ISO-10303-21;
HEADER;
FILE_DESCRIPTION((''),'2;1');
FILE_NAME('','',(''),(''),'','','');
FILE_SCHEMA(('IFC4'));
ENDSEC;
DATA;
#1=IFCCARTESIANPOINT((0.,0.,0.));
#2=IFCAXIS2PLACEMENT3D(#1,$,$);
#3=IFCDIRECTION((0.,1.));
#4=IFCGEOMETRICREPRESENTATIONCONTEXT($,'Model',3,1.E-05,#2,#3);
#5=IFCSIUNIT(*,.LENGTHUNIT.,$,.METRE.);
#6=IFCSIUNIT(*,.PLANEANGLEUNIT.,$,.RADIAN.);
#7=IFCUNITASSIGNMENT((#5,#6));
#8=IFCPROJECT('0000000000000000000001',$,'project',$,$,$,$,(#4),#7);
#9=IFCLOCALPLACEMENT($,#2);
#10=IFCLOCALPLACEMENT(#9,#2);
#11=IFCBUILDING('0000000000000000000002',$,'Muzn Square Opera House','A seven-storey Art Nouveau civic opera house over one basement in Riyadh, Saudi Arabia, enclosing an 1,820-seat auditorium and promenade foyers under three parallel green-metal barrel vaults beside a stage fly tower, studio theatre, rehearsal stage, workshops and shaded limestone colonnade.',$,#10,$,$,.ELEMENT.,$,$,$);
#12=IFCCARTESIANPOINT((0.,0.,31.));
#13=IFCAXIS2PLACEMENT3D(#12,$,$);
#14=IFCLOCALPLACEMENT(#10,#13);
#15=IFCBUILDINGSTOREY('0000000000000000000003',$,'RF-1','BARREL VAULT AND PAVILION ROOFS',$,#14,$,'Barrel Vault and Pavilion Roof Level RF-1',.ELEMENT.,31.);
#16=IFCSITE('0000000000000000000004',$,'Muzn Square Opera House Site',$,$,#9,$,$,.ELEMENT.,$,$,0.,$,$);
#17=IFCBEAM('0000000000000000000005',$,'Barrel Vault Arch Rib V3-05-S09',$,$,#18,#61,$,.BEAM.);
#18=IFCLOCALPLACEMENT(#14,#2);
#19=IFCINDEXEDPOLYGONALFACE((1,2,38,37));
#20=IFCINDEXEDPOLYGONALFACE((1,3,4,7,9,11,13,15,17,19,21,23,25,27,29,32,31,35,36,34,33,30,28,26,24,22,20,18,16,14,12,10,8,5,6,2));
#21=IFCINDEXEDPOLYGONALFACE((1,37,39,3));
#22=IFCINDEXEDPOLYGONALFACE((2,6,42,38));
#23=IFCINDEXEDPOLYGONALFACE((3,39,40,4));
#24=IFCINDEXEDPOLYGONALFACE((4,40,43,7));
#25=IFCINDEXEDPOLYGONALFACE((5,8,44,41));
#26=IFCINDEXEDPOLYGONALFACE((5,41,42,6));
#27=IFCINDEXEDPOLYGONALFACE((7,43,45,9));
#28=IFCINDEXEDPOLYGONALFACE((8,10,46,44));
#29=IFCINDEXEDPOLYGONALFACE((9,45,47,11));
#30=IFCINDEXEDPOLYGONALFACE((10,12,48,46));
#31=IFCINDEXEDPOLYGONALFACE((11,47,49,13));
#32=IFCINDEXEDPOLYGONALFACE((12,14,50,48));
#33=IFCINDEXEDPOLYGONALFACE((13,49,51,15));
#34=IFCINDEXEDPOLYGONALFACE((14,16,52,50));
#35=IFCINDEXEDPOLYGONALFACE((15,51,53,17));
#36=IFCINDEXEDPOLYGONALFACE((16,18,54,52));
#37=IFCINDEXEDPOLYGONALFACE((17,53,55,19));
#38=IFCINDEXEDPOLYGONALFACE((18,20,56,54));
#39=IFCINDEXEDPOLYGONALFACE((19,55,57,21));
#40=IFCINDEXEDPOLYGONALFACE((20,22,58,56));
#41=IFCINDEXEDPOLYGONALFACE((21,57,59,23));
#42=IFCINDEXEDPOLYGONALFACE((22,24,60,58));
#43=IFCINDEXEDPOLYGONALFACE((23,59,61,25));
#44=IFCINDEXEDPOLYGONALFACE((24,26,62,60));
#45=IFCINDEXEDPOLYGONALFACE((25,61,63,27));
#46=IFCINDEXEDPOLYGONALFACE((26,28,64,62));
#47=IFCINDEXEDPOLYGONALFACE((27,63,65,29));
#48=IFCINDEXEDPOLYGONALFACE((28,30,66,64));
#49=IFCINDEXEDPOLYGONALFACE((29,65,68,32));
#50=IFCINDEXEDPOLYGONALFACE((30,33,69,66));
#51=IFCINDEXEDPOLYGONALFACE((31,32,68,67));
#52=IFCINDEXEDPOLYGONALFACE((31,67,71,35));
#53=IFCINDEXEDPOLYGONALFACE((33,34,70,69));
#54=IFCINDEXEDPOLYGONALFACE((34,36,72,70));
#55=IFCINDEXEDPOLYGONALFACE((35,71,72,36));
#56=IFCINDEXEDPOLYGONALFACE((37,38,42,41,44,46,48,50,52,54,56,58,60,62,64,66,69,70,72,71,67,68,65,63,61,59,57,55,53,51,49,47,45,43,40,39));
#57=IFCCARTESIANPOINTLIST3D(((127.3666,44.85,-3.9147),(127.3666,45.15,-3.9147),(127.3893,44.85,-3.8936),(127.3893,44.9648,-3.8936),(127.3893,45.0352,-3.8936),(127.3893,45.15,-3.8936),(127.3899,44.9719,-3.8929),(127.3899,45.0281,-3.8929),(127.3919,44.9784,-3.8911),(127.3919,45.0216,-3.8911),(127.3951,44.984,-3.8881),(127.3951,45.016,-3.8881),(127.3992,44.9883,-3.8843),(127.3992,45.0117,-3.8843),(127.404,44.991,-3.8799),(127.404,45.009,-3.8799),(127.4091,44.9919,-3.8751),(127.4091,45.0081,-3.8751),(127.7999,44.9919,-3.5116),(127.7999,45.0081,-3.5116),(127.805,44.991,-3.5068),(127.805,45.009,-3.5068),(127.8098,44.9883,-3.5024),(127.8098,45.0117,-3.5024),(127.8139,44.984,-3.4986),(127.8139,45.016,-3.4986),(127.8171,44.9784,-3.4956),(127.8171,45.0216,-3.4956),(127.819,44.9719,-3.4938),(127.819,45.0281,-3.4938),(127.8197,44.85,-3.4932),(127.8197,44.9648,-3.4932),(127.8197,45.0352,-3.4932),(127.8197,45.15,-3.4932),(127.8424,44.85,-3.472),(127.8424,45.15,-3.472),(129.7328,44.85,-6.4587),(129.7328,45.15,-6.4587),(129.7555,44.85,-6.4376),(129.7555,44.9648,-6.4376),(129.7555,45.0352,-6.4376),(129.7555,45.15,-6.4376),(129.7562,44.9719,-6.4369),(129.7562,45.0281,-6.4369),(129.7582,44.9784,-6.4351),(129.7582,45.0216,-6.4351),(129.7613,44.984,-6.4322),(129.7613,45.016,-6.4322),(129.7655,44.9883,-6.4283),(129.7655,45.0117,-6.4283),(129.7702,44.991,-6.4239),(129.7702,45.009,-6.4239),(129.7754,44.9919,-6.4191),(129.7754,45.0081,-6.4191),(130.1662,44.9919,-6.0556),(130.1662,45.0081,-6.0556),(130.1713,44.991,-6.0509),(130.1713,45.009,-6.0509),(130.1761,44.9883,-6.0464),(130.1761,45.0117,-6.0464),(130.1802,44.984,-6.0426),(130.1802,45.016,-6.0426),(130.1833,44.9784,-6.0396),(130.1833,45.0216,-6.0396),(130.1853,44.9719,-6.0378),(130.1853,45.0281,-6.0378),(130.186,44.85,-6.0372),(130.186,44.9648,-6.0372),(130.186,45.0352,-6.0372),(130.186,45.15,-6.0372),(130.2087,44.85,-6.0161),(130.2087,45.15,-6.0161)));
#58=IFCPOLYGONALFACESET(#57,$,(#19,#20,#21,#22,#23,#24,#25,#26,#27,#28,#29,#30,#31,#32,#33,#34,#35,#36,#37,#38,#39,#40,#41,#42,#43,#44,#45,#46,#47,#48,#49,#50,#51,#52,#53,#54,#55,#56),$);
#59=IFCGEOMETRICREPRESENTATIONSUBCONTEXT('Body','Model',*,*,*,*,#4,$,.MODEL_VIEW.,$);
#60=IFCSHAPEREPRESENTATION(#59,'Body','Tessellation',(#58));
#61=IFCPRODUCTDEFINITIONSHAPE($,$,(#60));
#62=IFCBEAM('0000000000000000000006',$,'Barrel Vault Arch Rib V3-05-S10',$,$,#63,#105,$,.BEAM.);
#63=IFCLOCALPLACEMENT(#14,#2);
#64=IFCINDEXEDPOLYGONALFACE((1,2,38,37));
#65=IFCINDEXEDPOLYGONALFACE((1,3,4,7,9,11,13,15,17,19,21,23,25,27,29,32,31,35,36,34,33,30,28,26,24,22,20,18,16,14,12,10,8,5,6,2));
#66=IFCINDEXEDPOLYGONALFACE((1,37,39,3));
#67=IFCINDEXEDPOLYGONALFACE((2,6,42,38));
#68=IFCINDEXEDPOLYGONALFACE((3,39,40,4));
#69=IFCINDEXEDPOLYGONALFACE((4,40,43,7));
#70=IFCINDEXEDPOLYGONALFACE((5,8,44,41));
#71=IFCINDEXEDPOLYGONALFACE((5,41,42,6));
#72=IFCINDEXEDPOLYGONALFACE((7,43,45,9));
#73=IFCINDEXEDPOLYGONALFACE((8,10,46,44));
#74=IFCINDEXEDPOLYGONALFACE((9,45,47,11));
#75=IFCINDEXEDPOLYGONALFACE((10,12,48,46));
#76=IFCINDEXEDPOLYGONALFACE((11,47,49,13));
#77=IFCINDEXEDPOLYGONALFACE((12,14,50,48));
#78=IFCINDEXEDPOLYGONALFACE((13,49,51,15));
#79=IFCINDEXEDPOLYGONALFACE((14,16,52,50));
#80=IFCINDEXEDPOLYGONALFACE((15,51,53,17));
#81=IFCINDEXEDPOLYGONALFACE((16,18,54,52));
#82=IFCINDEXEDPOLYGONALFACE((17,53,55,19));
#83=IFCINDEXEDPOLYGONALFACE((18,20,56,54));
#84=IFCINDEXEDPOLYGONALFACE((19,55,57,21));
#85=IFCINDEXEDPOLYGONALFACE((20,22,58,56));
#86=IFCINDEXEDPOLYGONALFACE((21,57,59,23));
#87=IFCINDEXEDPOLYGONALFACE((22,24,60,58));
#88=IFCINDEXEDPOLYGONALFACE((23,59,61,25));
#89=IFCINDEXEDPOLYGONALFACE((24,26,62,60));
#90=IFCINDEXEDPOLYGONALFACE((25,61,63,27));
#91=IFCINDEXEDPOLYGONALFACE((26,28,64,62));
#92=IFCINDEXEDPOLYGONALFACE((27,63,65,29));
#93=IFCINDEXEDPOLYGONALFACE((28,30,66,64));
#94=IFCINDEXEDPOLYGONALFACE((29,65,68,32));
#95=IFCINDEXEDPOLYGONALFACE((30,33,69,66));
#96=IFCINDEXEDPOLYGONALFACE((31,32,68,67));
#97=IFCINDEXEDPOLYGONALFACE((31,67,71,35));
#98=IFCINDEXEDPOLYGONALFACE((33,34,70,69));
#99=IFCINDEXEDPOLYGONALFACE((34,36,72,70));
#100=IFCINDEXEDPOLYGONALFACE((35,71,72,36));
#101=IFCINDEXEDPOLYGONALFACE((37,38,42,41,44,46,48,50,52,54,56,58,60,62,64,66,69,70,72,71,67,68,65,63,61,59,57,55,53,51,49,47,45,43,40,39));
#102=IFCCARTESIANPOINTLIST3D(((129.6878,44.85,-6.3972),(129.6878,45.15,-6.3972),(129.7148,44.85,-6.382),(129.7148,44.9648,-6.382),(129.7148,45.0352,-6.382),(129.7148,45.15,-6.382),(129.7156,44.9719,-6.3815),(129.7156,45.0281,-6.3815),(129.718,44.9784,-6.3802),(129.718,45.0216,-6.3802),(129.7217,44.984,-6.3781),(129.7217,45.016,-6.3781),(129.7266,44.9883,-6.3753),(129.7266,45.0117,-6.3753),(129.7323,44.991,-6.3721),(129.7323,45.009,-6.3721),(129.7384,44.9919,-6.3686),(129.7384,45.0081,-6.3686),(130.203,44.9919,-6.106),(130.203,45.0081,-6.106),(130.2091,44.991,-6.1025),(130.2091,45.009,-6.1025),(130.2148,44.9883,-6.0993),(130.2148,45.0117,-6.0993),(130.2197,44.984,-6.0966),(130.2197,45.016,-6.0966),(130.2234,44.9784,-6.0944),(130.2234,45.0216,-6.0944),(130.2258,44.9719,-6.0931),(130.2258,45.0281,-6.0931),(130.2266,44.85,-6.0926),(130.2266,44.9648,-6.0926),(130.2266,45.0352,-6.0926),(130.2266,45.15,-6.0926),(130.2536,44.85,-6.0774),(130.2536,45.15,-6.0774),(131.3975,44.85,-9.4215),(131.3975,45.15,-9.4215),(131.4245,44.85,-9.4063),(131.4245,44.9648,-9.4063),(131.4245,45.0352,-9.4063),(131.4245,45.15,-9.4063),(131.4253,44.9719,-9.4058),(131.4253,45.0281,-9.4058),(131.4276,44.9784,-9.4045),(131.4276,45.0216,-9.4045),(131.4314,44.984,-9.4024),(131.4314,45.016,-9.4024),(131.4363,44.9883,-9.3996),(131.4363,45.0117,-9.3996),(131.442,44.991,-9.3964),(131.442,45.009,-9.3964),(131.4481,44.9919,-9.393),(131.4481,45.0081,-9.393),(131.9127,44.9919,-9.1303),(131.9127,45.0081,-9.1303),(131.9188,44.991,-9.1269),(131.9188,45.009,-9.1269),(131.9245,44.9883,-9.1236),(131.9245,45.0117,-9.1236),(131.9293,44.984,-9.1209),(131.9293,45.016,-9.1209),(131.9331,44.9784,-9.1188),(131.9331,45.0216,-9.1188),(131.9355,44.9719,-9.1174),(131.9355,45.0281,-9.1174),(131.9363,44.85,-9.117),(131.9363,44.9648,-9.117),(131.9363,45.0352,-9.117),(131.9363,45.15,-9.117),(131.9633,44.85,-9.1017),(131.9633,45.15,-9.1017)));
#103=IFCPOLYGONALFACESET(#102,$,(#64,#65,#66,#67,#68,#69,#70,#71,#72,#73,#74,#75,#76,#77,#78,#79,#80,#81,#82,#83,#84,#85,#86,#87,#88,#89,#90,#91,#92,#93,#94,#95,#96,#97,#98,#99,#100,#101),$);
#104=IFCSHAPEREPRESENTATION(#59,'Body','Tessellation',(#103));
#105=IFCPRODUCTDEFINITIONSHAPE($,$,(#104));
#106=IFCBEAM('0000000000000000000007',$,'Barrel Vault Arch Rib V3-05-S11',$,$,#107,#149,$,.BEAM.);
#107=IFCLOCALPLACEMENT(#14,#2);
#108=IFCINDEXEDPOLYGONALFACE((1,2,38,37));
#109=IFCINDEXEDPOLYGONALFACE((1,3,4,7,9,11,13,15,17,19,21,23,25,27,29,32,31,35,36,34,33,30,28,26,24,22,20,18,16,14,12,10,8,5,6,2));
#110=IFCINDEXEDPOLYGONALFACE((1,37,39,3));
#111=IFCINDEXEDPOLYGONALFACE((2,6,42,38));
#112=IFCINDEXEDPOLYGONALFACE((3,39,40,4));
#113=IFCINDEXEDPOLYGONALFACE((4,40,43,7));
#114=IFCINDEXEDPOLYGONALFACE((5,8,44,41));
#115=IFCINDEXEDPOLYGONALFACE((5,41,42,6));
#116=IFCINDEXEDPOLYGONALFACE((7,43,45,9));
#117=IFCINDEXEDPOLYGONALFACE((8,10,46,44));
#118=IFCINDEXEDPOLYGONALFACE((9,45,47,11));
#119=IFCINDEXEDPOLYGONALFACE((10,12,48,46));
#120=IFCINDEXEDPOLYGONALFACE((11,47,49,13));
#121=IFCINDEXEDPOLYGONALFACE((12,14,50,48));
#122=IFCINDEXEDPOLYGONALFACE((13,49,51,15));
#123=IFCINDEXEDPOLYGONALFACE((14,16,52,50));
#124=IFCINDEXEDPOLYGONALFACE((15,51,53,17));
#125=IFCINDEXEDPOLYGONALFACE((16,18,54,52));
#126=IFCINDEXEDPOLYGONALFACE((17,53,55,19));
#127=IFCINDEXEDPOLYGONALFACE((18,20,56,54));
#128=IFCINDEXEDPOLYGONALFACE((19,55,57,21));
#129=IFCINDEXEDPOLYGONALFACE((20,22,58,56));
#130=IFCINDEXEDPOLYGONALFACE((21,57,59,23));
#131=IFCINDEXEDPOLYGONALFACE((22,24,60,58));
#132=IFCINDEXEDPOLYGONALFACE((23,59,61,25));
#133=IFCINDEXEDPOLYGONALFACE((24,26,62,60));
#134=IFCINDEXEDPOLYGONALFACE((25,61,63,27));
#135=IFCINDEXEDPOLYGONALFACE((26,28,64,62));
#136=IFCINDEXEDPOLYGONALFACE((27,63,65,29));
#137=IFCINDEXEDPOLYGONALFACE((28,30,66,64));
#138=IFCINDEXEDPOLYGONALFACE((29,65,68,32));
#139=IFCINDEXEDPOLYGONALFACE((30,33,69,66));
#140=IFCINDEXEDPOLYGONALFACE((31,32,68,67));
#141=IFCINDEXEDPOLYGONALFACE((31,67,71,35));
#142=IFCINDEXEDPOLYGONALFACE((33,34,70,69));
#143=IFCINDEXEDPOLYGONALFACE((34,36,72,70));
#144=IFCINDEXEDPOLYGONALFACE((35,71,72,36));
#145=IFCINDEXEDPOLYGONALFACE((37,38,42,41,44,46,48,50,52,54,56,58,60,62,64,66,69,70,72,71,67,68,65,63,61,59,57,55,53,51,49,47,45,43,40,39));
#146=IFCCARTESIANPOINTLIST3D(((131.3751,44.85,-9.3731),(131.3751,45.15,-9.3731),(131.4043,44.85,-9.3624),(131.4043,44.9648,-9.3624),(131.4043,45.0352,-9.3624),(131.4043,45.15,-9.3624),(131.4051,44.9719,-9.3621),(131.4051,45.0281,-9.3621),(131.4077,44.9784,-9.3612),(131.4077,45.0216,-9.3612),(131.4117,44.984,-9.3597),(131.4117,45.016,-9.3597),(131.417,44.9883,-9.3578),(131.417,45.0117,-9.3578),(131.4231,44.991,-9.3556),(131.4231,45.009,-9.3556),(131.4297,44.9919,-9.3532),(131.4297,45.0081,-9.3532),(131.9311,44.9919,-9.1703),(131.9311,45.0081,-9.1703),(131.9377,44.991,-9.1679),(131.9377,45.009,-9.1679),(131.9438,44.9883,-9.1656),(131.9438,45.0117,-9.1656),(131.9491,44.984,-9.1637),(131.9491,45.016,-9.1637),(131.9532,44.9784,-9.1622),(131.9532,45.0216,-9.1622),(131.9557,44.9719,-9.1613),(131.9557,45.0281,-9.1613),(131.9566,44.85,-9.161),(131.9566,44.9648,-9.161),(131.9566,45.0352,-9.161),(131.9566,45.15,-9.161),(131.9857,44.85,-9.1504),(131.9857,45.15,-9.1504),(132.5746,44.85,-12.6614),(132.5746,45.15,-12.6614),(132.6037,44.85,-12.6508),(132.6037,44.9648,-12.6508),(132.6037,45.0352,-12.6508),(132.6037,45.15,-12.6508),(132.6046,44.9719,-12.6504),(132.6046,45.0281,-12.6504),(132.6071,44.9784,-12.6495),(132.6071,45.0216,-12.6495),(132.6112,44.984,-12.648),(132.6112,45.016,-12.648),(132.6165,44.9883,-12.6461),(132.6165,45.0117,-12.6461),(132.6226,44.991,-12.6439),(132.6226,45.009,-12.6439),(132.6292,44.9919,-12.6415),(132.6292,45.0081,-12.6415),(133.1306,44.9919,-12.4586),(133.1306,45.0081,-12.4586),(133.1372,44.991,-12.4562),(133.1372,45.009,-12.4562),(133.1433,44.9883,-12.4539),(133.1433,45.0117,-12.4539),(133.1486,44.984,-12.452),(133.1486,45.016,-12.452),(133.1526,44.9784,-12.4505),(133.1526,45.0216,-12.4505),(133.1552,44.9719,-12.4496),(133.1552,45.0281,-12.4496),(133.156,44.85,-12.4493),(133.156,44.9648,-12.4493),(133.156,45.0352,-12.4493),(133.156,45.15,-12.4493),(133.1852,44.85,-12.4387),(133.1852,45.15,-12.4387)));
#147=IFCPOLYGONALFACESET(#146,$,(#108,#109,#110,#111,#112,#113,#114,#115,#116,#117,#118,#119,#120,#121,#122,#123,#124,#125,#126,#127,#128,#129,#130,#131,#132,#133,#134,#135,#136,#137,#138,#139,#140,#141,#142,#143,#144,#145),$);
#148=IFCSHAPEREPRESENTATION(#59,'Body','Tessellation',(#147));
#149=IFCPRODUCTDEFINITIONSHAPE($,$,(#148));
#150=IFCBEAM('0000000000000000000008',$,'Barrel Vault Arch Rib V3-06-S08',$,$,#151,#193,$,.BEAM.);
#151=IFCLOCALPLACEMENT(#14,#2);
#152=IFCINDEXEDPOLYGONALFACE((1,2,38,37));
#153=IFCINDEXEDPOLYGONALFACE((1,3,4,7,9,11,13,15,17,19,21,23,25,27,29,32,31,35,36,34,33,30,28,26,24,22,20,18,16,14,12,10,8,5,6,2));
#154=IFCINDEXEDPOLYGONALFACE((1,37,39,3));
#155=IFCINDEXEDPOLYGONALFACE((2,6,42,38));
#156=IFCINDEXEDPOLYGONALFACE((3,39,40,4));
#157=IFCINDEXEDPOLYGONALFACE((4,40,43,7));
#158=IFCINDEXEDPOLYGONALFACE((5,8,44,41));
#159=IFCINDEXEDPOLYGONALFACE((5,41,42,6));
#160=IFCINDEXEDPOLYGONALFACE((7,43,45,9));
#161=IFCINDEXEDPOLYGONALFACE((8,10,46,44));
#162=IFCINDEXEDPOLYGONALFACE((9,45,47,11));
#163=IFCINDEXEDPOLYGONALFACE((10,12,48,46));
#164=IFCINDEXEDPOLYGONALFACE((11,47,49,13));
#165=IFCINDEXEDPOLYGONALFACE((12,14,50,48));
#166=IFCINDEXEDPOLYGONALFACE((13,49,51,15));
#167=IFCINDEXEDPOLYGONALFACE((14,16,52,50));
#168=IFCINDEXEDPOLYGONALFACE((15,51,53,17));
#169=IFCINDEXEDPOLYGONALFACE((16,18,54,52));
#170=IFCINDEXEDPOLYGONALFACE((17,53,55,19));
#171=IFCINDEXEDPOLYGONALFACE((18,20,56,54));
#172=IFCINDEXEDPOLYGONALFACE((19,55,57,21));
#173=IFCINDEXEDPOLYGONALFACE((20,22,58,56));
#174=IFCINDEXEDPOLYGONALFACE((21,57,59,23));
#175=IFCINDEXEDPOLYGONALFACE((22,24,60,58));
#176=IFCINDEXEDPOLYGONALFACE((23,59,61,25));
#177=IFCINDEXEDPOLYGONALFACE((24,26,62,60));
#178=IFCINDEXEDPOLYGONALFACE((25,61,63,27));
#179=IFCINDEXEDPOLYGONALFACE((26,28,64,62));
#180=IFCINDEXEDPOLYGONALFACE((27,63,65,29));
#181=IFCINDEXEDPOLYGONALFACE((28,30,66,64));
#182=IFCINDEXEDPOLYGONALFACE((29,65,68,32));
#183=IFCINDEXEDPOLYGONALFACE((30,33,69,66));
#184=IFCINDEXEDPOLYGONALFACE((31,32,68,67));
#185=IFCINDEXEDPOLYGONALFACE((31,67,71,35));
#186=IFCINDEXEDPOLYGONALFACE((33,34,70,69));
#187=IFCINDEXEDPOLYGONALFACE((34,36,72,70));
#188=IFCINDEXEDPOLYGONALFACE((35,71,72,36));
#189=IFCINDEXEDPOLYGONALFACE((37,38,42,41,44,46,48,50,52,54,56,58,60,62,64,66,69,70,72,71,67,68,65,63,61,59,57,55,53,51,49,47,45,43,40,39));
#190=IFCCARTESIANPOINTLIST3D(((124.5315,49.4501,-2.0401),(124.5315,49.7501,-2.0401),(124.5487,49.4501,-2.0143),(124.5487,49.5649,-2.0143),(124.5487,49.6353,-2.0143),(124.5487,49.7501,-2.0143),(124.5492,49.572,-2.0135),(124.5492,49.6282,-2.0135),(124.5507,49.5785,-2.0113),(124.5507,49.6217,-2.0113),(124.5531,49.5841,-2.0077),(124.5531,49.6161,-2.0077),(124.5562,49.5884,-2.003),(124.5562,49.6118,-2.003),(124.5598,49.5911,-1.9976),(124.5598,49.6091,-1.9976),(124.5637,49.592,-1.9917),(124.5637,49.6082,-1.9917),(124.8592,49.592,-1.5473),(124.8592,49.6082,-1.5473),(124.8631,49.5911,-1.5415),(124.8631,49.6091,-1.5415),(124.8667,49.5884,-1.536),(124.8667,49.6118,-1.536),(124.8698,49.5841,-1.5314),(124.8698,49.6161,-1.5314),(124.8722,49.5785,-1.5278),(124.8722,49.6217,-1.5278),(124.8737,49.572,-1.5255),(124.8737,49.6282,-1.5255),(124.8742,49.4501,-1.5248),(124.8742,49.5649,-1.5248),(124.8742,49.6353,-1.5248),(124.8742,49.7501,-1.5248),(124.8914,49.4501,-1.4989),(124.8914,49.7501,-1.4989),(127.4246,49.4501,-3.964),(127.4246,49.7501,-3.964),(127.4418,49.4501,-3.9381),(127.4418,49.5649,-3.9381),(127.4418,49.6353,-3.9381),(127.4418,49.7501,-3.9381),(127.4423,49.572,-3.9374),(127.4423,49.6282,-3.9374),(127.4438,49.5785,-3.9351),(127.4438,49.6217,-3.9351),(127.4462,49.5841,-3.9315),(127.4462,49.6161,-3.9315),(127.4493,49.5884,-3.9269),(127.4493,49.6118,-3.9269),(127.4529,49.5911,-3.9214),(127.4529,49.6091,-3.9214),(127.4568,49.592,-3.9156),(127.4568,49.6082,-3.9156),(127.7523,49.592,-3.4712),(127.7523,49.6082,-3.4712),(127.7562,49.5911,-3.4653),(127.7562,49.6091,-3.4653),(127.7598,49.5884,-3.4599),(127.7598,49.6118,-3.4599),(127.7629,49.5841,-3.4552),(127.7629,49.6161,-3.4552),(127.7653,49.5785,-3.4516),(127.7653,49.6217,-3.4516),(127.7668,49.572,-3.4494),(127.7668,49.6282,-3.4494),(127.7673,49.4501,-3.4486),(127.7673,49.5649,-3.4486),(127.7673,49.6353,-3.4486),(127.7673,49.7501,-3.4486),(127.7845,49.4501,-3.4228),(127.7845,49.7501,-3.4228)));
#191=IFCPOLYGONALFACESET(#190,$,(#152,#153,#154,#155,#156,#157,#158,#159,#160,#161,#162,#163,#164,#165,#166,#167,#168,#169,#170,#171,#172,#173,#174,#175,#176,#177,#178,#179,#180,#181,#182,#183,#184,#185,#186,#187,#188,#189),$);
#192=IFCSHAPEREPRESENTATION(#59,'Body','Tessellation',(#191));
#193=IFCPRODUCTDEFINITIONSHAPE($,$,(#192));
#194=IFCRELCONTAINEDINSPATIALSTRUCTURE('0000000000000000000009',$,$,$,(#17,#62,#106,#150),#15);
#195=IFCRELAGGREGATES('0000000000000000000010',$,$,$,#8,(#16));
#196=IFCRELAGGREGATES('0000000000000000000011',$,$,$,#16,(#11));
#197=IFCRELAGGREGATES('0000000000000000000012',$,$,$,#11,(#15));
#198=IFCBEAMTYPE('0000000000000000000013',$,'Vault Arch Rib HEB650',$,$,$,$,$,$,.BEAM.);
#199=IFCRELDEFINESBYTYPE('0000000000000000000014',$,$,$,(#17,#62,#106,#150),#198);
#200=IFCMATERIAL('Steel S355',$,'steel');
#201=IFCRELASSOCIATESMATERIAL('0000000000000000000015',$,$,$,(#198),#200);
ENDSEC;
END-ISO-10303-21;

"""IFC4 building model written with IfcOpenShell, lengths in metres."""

from ifc_helpers import new_model, si_unit, direction, frame, origin, origin_2d, place, context, subcontext, project, spatial, i_section, extrude, material, material_profile, profile_set, type_object, element, save


model = new_model("IFC4")

# Units and contexts
model_context = context("Model", 3, precision=1e-05, world=origin(), true_north=direction((0.0, 1.0)))
body_context = subcontext(model_context, "Body", "Model", "MODEL_VIEW")
ifc_project = project(units=[si_unit("LENGTHUNIT", "METRE"), si_unit("PLANEANGLEUNIT", "RADIAN")], contexts=[model_context])

# Site, building, storey
site_placement = place(None, origin())
site = spatial("IfcSite", under=ifc_project, at=site_placement, Name="Muzn Square Opera House Site", CompositionType="ELEMENT", RefElevation=0.0)
building_placement = place(site_placement, origin())
building = spatial("IfcBuilding", under=site, at=building_placement, Name="Muzn Square Opera House", Description="A seven-storey Art Nouveau civic opera house over one basement in Riyadh, Saudi Arabia, enclosing an 1,820-seat auditorium and promenade foyers under three parallel green-metal barrel vaults beside a stage fly tower, studio theatre, rehearsal stage, workshops and shaded limestone colonnade.", CompositionType="ELEMENT")
storey_placement = place(building_placement, frame((0.0, 0.0, 31.0)))
storey = spatial("IfcBuildingStorey", under=building, at=storey_placement, Name="RF-1", Description="BARREL VAULT AND PAVILION ROOFS", LongName="Barrel Vault and Pavilion Roof Level RF-1", CompositionType="ELEMENT", Elevation=31.0)

# Beams
ifc_material_1 = material(Name="Steel S355", Category="steel")
ifc_material_profile_1 = material_profile(ifc_material_1, i_section(OverallWidth=0.3, OverallDepth=0.6499, WebThickness=0.0161, FlangeThickness=0.031, FilletRadius=0.0271, at=origin_2d()), Name="HEB 650", Category="steel")
ifc_profile_set_1 = profile_set([ifc_material_profile_1], Name="Steel S355")
beam_type_1 = type_object("IfcBeamType", Name="Vault Arch Rib HEB650", PredefinedType="BEAM", material=ifc_profile_set_1)
beam_1_placement = place(storey_placement, frame((127.6045, 45.0, -3.6934), z_axis=(0.681065, 0.0, -0.732223), x_axis=(0.0, 1.0, 0.0)))
element("IfcBeam", 1, at=beam_1_placement, inside=storey, type_object=beam_type_1, Name="Barrel Vault Arch Rib V3-05-S09", PredefinedType="BEAM", context=body_context, shape_type="SweptSolid", body=[
    extrude(i_section(OverallWidth=0.3, OverallDepth=0.6499, WebThickness=0.0161, FlangeThickness=0.031, FilletRadius=0.0271, at=origin_2d()), origin(), (0.0, 0.0, 1.0), 3.4744),
])
beam_2_placement = place(storey_placement, frame((129.9707, 45.0, -6.2373), z_axis=(0.492115, 0.0, -0.87053), x_axis=(0.0, 1.0, 0.0)))
element("IfcBeam", 2, at=beam_2_placement, inside=storey, type_object=beam_type_1, Name="Barrel Vault Arch Rib V3-05-S10", PredefinedType="BEAM", context=body_context, shape_type="SweptSolid", body=[
    extrude(i_section(OverallWidth=0.3, OverallDepth=0.6499, WebThickness=0.0161, FlangeThickness=0.031, FilletRadius=0.0271, at=origin_2d()), origin(), (0.0, 0.0, 1.0), 3.4741),
])
beam_3_placement = place(storey_placement, frame((131.6804, 45.0, -9.2617), z_axis=(0.342678, 0.0, -0.939453), x_axis=(0.0, 1.0, 0.0)))
element("IfcBeam", 3, at=beam_3_placement, inside=storey, type_object=beam_type_1, Name="Barrel Vault Arch Rib V3-05-S11", PredefinedType="BEAM", context=body_context, shape_type="SweptSolid", body=[
    extrude(i_section(OverallWidth=0.3, OverallDepth=0.6499, WebThickness=0.0161, FlangeThickness=0.031, FilletRadius=0.0271, at=origin_2d()), origin(), (0.0, 0.0, 1.0), 3.5002),
])
for number, where, z_axis, x_axis, name in (
    (4, (124.7114, 49.6001, -1.7695), (0.832698, 0.0, -0.553727), (0.0, 1.0, 0.0), "Barrel Vault Arch Rib V3-06-S08"),
):
    element("IfcBeam", number, at=place(storey_placement, frame(where, z_axis=z_axis, x_axis=x_axis)), inside=storey, type_object=beam_type_1, Name=name, PredefinedType="BEAM", context=body_context, shape_type="SweptSolid", body=[
        extrude(i_section(OverallWidth=0.3, OverallDepth=0.6499, WebThickness=0.0161, FlangeThickness=0.031, FilletRadius=0.0271, at=origin_2d()), origin(), (0.0, 0.0, 1.0), 3.4744),
    ])

save(model, "model.ifc")
